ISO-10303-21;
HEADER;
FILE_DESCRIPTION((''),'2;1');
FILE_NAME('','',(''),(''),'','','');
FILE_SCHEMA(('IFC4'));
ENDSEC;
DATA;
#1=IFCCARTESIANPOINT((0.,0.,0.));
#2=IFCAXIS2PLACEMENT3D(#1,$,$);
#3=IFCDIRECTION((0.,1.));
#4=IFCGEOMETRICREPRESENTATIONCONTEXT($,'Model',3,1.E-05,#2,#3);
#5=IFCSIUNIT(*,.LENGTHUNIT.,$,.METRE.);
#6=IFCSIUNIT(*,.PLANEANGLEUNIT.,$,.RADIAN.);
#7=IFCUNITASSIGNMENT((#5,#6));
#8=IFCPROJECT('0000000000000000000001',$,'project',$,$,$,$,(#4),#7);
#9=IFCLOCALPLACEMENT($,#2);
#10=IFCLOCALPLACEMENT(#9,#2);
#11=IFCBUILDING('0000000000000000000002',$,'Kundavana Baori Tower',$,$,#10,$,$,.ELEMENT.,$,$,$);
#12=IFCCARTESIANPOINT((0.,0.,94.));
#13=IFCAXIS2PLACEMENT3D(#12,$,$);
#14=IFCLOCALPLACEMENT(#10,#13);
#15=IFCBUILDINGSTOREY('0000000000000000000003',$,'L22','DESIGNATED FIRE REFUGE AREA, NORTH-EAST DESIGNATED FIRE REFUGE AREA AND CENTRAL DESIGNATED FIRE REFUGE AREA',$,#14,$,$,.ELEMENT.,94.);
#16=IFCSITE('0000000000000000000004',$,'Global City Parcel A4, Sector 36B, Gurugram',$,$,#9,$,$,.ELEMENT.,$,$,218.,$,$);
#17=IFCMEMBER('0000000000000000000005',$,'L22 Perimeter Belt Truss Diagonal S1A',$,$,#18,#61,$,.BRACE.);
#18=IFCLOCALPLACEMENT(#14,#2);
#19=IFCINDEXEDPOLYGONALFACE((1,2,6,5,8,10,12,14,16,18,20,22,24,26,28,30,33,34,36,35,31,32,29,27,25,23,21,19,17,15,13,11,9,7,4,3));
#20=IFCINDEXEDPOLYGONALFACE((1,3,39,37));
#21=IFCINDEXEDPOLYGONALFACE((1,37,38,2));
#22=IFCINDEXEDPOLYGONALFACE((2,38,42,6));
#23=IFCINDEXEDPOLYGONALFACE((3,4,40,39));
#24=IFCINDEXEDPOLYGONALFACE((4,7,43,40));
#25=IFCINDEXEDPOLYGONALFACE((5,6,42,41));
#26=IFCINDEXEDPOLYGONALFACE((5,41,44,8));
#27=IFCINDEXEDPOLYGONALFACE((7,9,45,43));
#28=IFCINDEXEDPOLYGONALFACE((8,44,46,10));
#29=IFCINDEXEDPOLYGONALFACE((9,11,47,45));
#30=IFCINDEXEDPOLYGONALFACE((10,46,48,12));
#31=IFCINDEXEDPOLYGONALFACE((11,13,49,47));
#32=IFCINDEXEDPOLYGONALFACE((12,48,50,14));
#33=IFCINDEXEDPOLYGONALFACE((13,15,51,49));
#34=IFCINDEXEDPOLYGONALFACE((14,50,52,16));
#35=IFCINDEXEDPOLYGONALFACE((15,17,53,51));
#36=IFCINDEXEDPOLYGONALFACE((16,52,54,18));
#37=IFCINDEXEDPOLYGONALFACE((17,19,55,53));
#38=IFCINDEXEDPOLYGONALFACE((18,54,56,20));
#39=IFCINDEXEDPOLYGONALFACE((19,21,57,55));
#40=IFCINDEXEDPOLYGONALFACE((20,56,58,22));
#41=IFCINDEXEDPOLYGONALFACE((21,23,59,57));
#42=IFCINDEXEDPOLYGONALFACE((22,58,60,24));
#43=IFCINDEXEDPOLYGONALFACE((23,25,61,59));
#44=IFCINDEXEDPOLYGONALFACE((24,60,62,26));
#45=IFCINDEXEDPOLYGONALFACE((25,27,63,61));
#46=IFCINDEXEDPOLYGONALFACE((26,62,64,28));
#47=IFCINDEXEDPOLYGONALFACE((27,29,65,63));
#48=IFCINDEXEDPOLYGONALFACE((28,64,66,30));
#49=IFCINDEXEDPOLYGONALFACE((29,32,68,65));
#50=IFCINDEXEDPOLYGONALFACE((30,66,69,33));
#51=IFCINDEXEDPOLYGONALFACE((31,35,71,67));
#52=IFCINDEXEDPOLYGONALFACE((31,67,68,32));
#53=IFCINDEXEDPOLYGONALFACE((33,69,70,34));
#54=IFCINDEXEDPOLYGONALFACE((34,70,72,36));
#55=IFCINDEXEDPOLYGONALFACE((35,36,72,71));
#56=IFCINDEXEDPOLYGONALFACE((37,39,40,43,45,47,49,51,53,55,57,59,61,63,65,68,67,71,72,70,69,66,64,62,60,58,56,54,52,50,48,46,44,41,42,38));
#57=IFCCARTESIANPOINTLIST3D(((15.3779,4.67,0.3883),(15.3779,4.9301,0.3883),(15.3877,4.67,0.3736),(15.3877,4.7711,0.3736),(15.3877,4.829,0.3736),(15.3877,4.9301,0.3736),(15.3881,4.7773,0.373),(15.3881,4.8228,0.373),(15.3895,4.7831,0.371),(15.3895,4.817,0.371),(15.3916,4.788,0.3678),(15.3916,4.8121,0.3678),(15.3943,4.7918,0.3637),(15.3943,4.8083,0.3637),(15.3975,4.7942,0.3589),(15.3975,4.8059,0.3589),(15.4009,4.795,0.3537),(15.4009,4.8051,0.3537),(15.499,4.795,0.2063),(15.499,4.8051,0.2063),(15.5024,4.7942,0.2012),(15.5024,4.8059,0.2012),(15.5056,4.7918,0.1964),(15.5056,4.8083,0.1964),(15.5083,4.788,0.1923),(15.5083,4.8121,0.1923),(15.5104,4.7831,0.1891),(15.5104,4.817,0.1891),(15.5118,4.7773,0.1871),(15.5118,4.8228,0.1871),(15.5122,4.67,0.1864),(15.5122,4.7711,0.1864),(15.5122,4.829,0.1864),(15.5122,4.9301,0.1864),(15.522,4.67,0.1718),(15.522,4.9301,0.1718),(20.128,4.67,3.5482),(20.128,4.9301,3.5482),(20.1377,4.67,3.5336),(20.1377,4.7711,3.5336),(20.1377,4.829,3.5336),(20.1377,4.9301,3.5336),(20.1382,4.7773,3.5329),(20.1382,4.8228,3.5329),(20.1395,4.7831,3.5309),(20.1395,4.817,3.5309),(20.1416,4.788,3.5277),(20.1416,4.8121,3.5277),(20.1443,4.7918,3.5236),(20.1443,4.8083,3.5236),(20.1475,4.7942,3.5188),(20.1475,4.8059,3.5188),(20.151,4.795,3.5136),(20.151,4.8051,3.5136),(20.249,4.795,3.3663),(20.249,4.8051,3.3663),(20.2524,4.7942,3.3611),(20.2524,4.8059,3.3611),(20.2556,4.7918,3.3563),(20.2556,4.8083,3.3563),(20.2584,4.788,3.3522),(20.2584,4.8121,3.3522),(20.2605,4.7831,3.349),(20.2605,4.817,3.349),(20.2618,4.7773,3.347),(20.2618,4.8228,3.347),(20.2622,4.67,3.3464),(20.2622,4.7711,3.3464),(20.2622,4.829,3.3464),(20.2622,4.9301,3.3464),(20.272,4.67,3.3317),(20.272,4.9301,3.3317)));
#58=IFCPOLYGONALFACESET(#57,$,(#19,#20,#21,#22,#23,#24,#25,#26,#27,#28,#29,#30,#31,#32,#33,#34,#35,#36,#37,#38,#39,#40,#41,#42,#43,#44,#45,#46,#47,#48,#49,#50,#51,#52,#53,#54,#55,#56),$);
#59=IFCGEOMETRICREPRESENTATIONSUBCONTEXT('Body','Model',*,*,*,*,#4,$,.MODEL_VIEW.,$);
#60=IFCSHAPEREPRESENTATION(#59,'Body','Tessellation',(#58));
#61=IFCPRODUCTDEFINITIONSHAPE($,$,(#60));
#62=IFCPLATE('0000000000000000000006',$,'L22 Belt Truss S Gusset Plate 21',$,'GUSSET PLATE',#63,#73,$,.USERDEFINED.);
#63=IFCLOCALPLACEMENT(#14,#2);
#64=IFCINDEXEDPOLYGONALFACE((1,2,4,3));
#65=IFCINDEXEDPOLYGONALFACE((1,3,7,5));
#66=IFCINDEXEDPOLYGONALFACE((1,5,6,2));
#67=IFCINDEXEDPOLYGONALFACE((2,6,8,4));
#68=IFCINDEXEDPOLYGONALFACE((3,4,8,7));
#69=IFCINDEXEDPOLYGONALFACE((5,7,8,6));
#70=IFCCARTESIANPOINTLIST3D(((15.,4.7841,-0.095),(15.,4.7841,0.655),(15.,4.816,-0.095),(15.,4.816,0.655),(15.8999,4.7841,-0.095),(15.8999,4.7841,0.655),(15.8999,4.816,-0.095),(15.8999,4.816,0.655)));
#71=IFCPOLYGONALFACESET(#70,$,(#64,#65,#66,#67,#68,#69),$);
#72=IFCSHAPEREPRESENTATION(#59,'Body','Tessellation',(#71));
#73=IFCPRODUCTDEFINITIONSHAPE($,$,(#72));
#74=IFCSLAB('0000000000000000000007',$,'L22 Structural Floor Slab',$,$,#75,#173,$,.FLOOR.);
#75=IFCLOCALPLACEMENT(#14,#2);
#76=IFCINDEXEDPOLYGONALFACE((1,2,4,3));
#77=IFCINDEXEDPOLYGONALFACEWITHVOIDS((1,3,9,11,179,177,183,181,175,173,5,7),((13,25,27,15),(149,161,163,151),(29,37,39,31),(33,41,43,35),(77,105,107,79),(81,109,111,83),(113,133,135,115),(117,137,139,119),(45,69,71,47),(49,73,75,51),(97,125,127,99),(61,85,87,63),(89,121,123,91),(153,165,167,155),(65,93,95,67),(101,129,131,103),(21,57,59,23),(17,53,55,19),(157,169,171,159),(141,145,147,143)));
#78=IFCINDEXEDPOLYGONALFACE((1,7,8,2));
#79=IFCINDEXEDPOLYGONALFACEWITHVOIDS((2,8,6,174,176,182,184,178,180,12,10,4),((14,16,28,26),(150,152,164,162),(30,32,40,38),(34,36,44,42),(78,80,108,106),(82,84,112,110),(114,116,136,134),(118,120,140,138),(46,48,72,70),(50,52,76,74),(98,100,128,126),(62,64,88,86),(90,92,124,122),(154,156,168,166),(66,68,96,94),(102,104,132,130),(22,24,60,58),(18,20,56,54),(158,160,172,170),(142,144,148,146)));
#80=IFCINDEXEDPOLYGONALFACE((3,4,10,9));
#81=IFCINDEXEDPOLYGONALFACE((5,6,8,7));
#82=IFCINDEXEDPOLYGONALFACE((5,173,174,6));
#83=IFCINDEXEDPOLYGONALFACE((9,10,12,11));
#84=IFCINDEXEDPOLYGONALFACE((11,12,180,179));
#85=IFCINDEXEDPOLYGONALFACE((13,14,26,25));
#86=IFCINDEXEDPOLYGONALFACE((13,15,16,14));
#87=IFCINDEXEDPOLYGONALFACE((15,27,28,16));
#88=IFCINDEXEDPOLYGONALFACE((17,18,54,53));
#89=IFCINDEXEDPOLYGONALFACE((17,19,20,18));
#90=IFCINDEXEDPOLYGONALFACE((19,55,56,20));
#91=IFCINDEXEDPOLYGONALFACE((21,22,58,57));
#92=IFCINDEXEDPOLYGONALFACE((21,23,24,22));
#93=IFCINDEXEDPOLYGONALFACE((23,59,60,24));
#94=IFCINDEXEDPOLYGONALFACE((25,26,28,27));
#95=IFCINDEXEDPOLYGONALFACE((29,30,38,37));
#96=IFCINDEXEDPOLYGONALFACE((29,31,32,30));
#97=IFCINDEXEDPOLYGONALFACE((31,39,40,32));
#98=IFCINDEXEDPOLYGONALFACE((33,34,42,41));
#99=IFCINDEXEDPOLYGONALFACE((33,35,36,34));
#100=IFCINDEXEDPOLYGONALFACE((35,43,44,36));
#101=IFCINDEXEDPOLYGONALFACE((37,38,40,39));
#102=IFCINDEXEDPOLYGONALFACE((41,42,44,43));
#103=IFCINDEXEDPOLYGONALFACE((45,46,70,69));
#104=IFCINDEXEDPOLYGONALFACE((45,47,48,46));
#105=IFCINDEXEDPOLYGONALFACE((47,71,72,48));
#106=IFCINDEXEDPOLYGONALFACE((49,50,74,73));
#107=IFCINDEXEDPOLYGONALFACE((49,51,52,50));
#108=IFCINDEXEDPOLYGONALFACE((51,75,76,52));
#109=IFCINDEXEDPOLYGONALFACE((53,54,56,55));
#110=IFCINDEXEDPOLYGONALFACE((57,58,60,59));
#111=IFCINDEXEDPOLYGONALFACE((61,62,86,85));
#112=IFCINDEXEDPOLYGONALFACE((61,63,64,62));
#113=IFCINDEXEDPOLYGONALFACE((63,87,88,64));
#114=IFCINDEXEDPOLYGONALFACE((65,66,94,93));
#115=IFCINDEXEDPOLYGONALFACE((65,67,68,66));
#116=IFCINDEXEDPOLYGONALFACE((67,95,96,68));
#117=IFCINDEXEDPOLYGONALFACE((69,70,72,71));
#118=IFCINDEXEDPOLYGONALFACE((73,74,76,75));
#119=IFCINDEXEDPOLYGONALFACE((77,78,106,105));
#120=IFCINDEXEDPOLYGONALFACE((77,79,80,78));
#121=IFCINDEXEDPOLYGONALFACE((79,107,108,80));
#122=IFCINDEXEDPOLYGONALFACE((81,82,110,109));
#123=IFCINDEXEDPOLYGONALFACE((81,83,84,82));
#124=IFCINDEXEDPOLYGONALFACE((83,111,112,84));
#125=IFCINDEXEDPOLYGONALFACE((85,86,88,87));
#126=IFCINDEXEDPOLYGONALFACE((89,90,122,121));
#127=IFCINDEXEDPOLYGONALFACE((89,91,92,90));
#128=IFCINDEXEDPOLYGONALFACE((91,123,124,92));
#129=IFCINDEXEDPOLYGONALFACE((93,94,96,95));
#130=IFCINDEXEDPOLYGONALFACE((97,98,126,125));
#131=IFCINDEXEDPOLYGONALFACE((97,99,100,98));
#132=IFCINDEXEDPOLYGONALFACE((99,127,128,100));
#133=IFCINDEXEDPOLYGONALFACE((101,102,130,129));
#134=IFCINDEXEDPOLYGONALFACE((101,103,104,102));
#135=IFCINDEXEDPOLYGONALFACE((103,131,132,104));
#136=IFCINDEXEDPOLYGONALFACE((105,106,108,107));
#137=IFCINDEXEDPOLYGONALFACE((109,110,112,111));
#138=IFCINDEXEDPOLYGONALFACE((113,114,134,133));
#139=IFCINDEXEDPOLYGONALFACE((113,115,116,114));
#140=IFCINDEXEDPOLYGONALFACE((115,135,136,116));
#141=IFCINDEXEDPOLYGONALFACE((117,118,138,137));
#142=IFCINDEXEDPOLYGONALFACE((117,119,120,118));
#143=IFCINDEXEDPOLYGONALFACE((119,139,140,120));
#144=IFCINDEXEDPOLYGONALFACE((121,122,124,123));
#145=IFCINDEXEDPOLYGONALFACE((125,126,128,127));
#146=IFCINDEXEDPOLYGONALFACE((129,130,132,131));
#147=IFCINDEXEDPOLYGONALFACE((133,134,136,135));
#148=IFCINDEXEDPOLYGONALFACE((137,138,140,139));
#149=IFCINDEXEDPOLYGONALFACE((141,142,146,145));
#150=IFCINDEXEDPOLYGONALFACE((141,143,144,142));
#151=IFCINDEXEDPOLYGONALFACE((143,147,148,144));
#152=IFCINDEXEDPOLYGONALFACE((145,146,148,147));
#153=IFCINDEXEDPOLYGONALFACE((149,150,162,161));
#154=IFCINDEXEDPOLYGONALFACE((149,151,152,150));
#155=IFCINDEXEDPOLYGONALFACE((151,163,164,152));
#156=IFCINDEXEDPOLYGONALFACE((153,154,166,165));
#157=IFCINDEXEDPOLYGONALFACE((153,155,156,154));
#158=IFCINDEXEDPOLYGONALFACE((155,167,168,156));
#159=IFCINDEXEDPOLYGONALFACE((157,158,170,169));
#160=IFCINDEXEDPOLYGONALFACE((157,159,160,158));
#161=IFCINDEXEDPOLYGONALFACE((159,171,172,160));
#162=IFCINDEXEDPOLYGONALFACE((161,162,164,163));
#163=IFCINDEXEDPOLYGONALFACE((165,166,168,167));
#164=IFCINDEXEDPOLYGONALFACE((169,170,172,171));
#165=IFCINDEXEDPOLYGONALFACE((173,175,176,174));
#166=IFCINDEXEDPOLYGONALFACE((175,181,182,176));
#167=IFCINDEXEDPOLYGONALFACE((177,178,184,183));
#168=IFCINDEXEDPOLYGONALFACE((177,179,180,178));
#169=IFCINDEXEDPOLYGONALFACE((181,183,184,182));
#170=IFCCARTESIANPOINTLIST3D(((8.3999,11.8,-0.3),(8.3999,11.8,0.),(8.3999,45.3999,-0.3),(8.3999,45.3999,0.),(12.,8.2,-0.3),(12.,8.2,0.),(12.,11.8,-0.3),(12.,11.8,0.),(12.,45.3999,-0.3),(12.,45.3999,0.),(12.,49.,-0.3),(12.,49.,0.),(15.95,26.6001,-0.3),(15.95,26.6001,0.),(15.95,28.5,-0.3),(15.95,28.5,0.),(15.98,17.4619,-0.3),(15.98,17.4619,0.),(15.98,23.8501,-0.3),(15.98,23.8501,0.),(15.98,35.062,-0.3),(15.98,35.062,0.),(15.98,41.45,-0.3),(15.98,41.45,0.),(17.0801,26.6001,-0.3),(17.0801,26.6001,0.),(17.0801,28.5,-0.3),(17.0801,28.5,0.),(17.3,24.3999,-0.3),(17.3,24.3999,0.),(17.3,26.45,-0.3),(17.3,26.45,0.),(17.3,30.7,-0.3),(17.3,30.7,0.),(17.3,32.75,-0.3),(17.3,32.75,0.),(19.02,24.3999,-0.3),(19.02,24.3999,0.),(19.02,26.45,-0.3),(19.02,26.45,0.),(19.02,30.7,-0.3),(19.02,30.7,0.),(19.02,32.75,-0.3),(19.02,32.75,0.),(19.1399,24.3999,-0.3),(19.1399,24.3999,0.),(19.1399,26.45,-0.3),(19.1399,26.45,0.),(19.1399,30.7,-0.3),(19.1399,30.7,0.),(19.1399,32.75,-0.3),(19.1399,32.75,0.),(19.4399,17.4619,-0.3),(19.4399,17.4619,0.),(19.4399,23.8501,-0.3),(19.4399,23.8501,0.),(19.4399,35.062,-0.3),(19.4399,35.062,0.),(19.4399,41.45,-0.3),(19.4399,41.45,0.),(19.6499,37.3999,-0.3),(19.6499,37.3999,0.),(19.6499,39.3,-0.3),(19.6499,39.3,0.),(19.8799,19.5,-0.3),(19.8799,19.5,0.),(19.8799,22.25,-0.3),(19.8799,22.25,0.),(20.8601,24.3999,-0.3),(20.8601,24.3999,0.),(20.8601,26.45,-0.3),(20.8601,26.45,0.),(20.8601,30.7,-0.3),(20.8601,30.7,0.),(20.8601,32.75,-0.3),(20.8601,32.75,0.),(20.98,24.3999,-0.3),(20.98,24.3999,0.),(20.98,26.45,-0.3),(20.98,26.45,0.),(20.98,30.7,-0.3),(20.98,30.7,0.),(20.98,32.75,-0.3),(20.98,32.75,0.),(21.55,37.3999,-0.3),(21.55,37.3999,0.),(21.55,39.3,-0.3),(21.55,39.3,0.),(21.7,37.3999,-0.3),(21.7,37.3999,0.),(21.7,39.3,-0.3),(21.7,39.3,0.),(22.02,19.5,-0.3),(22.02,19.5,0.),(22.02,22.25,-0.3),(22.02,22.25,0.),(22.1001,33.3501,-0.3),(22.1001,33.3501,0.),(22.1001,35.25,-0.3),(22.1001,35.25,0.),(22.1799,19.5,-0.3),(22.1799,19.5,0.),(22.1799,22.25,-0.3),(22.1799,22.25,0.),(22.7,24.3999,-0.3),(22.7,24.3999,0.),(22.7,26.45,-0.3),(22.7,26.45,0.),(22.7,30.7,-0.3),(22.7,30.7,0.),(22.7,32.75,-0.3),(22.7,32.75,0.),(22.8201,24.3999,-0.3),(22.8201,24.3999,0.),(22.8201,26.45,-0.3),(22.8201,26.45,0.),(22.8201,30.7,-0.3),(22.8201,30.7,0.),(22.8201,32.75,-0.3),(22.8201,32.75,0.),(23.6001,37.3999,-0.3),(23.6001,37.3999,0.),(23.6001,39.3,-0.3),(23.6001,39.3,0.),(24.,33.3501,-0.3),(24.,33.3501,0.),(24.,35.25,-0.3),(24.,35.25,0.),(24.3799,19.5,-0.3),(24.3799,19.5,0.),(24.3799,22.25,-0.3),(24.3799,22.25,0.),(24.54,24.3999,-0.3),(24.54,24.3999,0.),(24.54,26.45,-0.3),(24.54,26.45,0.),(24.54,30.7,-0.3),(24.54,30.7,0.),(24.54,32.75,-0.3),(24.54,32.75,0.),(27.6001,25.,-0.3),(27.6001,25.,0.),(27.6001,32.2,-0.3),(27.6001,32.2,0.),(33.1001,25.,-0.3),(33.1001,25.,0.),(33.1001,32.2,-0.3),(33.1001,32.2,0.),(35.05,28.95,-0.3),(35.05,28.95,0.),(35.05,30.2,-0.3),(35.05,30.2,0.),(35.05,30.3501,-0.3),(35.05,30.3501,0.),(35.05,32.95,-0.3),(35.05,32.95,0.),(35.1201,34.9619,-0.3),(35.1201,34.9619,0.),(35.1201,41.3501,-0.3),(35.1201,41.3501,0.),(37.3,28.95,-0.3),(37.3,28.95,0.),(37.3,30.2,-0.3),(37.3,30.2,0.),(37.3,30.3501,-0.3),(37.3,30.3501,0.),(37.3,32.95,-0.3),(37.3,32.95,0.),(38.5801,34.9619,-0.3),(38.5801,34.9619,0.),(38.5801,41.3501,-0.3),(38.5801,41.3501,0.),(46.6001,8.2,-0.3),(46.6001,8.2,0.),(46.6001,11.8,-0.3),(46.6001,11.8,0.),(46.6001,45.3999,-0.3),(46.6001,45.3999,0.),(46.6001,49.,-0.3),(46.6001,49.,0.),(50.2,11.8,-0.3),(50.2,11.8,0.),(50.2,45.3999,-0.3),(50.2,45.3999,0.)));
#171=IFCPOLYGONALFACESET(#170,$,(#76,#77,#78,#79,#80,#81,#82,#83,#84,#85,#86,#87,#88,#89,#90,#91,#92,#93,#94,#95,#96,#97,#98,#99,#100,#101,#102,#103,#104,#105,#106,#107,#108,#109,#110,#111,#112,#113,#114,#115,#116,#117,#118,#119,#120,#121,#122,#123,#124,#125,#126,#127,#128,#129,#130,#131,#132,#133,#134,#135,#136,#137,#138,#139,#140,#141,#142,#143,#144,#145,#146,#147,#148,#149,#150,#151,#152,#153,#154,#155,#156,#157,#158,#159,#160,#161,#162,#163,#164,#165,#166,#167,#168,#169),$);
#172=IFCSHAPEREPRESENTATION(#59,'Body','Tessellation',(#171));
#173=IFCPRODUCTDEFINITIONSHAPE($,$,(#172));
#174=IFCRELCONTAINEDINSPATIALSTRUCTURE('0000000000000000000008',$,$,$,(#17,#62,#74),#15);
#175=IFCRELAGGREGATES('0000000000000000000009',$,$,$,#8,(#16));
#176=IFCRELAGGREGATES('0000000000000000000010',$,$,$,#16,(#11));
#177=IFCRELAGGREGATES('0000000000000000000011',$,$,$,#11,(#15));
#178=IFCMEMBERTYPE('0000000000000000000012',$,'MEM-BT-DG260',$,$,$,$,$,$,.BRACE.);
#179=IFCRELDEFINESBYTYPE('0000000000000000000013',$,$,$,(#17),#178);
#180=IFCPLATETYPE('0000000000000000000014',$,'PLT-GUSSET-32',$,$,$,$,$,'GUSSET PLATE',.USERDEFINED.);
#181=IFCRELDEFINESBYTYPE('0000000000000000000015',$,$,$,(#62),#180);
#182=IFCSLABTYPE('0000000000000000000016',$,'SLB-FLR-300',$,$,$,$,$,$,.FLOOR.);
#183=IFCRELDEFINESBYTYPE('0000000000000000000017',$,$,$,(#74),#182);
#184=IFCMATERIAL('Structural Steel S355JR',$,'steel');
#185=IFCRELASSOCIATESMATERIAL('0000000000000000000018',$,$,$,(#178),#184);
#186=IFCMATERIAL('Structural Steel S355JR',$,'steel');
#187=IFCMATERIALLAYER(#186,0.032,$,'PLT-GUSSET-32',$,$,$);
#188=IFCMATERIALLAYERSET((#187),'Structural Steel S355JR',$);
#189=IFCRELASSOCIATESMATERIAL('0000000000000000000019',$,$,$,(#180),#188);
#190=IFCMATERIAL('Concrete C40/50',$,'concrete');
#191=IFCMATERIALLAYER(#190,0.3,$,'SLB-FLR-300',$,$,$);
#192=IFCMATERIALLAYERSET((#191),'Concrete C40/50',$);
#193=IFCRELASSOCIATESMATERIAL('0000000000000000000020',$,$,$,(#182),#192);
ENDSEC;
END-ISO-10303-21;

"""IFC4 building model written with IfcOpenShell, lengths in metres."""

from ifc_helpers import new_model, si_unit, direction, frame, origin, origin_2d, place, context, subcontext, project, spatial, polyline, rectangle, i_section, outline, extrude, material, layer, layer_set, material_profile, profile_set, type_object, element, save


model = new_model("IFC4")

# Units and contexts
model_context = context("Model", 3, precision=1e-05, world=origin(), true_north=direction((0.0, 1.0)))
body_context = subcontext(model_context, "Body", "Model", "MODEL_VIEW")
ifc_project = project(units=[si_unit("LENGTHUNIT", "METRE"), si_unit("PLANEANGLEUNIT", "RADIAN")], contexts=[model_context])

# Site, building, storey
site_placement = place(None, origin())
site = spatial("IfcSite", under=ifc_project, at=site_placement, Name="Global City Parcel A4, Sector 36B, Gurugram", CompositionType="ELEMENT", RefElevation=218.0)
building_placement = place(site_placement, origin())
building = spatial("IfcBuilding", under=site, at=building_placement, Name="Kundavana Baori Tower", CompositionType="ELEMENT")
storey_placement = place(building_placement, frame((0.0, 0.0, 94.0)))
storey = spatial("IfcBuildingStorey", under=building, at=storey_placement, Name="L22", Description="DESIGNATED FIRE REFUGE AREA, NORTH-EAST DESIGNATED FIRE REFUGE AREA AND CENTRAL DESIGNATED FIRE REFUGE AREA", CompositionType="ELEMENT", Elevation=94.0)

# Member
ifc_material_1 = material(Name="Structural Steel S355JR", Category="steel")
ifc_material_profile_1 = material_profile(ifc_material_1, i_section(OverallWidth=0.26, OverallDepth=0.26, WebThickness=0.01, FlangeThickness=0.0176, FilletRadius=0.0239, at=origin_2d()), Name="WPB 260x260x93")
ifc_profile_set_1 = profile_set([ifc_material_profile_1], Name="Structural Steel S355JR")
member_type_1 = type_object("IfcMemberType", Name="MEM-BT-DG260", PredefinedType="BRACE", material=ifc_profile_set_1)
member_1_placement = place(storey_placement, frame((15.45, 4.8, 0.28), z_axis=(0.832596, 0.0, 0.55388), x_axis=(0.0, 1.0, 0.0)))
element("IfcMember", 1, at=member_1_placement, inside=storey, type_object=member_type_1, Name="L22 Perimeter Belt Truss Diagonal S1A", PredefinedType="BRACE", context=body_context, shape_type="SweptSolid", body=[
    extrude(i_section(OverallWidth=0.26, OverallDepth=0.26, WebThickness=0.01, FlangeThickness=0.0176, FilletRadius=0.0239, at=origin_2d()), origin(), (0.0, 0.0, 1.0), 5.7051),
])

# Plate
ifc_material_2 = material(Name="Structural Steel S355JR", Category="steel")
ifc_layer_1 = layer(ifc_material_2, 0.032, Name="PLT-GUSSET-32")
ifc_layer_set_1 = layer_set([ifc_layer_1], Name="Structural Steel S355JR")
plate_type = type_object("IfcPlateType", Name="PLT-GUSSET-32", ElementType="GUSSET PLATE", PredefinedType="USERDEFINED", material=ifc_layer_set_1)
plate_placement = place(storey_placement, frame((15.45, 4.8, -0.095), z_axis=(0.0, 0.0, 1.0), x_axis=(1.0, 0.0, 0.0)))
element("IfcPlate", 2, at=plate_placement, inside=storey, type_object=plate_type, Name="L22 Belt Truss S Gusset Plate 21", ObjectType="GUSSET PLATE", PredefinedType="USERDEFINED", context=body_context, shape_type="SweptSolid", body=[
    extrude(rectangle(XDim=0.8999, YDim=0.032, at=origin_2d()), origin(), (0.0, 0.0, 1.0), 0.75),
])

# Slab
ifc_material_3 = material(Name="Concrete C40/50", Category="concrete")
ifc_layer_2 = layer(ifc_material_3, 0.3, Name="SLB-FLR-300")
ifc_layer_set_2 = layer_set([ifc_layer_2], Name="Concrete C40/50")
slab_type_1 = type_object("IfcSlabType", Name="SLB-FLR-300", PredefinedType="FLOOR", material=ifc_layer_set_2)
slab_1_placement = place(storey_placement, frame((0.0, 0.0, -0.3)))
element("IfcSlab", 3, at=slab_1_placement, inside=storey, type_object=slab_type_1, Name="L22 Structural Floor Slab", PredefinedType="FLOOR", context=body_context, shape_type="SweptSolid", body=[
    extrude(outline(polyline([(12.0, 8.2), (46.6001, 8.2), (46.6001, 11.8), (50.2, 11.8), (50.2, 45.3999), (46.6001, 45.3999), (46.6001, 49.0), (12.0, 49.0), (12.0, 45.3999), (8.3999, 45.3999), (8.3999, 11.8), (12.0, 11.8), (12.0, 8.2)]), holes=[polyline([(19.4399, 17.4619), (19.4399, 23.8501), (15.98, 23.8501), (15.98, 17.4619), (19.4399, 17.4619)]), polyline([(19.4399, 35.062), (19.4399, 41.45), (15.98, 41.45), (15.98, 35.062), (19.4399, 35.062)]), polyline([(38.5801, 34.9619), (38.5801, 41.3501), (35.1201, 41.3501), (35.1201, 34.9619), (38.5801, 34.9619)]), polyline([(17.3, 24.3999), (19.02, 24.3999), (19.02, 26.45), (17.3, 26.45), (17.3, 24.3999)]), polyline([(19.1399, 24.3999), (20.8601, 24.3999), (20.8601, 26.45), (19.1399, 26.45), (19.1399, 24.3999)]), polyline([(20.98, 24.3999), (22.7, 24.3999), (22.7, 26.45), (20.98, 26.45), (20.98, 24.3999)]), polyline([(22.8201, 24.3999), (24.54, 24.3999), (24.54, 26.45), (22.8201, 26.45), (22.8201, 24.3999)]), polyline([(17.3, 30.7), (19.02, 30.7), (19.02, 32.75), (17.3, 32.75), (17.3, 30.7)]), polyline([(19.1399, 30.7), (20.8601, 30.7), (20.8601, 32.75), (19.1399, 32.75), (19.1399, 30.7)]), polyline([(20.98, 30.7), (22.7, 30.7), (22.7, 32.75), (20.98, 32.75), (20.98, 30.7)]), polyline([(22.8201, 30.7), (24.54, 30.7), (24.54, 32.75), (22.8201, 32.75), (22.8201, 30.7)]), polyline([(19.6499, 37.3999), (21.55, 37.3999), (21.55, 39.3), (19.6499, 39.3), (19.6499, 37.3999)]), polyline([(21.7, 37.3999), (23.6001, 37.3999), (23.6001, 39.3), (21.7, 39.3), (21.7, 37.3999)]), polyline([(22.1001, 33.3501), (24.0, 33.3501), (24.0, 35.25), (22.1001, 35.25), (22.1001, 33.3501)]), polyline([(19.8799, 19.5), (22.02, 19.5), (22.02, 22.25), (19.8799, 22.25), (19.8799, 19.5)]), polyline([(22.1799, 19.5), (24.3799, 19.5), (24.3799, 22.25), (22.1799, 22.25), (22.1799, 19.5)]), polyline([(35.05, 30.3501), (37.3, 30.3501), (37.3, 32.95), (35.05, 32.95), (35.05, 30.3501)]), polyline([(15.95, 26.6001), (17.0801, 26.6001), (17.0801, 28.5), (15.95, 28.5), (15.95, 26.6001)]), polyline([(35.05, 28.95), (37.3, 28.95), (37.3, 30.2), (35.05, 30.2), (35.05, 28.95)]), polyline([(27.6001, 25.0), (33.1001, 25.0), (33.1001, 32.2), (27.6001, 32.2), (27.6001, 25.0)])]), origin(), (0.0, 0.0, 1.0), 0.3),
])

save(model, "model.ifc")
